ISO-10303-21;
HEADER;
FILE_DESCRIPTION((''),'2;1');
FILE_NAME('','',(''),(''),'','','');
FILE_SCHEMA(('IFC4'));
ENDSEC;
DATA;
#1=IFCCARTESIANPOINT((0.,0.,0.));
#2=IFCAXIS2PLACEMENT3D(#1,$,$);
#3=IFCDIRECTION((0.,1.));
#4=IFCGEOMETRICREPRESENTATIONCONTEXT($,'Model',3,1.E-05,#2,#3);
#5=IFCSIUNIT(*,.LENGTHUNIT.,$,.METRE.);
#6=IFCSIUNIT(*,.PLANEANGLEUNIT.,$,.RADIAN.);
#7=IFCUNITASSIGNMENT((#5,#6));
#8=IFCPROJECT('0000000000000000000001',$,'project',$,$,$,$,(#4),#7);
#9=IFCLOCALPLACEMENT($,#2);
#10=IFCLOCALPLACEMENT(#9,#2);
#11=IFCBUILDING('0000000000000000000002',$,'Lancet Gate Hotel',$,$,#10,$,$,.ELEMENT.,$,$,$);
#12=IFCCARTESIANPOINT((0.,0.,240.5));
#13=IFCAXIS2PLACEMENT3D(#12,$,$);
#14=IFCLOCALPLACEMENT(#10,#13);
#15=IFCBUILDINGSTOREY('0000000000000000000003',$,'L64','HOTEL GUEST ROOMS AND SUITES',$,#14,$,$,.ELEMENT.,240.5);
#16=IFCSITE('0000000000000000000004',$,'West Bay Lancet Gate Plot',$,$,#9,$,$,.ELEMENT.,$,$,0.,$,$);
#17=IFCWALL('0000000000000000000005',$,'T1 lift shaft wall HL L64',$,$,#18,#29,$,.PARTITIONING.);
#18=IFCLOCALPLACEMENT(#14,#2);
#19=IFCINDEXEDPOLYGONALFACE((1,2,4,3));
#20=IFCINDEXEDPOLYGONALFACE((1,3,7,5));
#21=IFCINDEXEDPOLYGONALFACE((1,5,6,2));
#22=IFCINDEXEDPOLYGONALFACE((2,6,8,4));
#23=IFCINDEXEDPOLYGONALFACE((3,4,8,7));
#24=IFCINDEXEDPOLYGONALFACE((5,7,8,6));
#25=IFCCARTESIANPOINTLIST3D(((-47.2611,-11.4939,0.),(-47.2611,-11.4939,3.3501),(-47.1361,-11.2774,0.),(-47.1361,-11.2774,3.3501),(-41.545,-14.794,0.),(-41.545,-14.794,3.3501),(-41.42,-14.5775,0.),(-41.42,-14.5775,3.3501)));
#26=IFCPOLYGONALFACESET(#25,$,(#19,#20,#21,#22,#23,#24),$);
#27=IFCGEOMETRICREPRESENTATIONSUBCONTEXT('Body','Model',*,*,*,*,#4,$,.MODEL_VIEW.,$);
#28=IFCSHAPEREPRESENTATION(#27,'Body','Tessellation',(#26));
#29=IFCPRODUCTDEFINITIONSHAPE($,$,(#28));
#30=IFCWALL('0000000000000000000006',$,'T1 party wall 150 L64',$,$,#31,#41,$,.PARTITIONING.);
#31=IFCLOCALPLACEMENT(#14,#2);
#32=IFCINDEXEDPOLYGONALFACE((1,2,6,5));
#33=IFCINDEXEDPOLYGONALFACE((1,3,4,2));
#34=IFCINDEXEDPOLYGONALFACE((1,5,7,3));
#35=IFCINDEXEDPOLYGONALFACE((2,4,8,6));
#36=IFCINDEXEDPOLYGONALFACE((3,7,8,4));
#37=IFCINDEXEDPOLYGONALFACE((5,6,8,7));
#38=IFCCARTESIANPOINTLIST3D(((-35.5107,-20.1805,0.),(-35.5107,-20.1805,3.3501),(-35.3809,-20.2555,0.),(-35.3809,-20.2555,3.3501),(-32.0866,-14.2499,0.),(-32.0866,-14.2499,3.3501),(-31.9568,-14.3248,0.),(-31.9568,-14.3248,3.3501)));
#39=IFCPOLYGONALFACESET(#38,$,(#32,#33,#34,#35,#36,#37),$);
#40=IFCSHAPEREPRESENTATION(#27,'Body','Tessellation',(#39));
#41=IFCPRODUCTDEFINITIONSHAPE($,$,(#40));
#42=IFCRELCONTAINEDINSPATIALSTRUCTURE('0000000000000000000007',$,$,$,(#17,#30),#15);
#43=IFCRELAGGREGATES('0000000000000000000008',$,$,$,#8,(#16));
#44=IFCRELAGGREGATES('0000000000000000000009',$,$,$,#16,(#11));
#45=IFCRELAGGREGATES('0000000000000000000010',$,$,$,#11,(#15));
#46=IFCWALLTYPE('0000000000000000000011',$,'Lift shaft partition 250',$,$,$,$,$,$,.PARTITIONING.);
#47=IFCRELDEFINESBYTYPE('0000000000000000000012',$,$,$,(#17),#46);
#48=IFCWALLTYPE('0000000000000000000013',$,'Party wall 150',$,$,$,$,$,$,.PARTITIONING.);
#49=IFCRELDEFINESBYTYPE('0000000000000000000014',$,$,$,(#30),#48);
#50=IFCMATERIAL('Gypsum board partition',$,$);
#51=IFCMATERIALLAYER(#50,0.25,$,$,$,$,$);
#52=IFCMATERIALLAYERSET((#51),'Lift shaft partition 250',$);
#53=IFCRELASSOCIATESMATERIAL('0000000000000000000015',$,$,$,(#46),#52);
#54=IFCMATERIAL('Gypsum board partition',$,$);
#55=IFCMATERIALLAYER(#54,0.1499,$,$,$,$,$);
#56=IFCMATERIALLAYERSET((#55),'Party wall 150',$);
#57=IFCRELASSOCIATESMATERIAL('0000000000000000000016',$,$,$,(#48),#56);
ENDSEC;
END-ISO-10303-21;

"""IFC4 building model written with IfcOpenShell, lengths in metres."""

from ifc_helpers import new_model, si_unit, direction, frame, frame_2d, origin, place, context, subcontext, project, spatial, rectangle, extrude, material, layer, layer_set, type_object, element, save


model = new_model("IFC4")

# Units and contexts
model_context = context("Model", 3, precision=1e-05, world=origin(), true_north=direction((0.0, 1.0)))
body_context = subcontext(model_context, "Body", "Model", "MODEL_VIEW")
ifc_project = project(units=[si_unit("LENGTHUNIT", "METRE"), si_unit("PLANEANGLEUNIT", "RADIAN")], contexts=[model_context])

# Site, building, storey
site_placement = place(None, origin())
site = spatial("IfcSite", under=ifc_project, at=site_placement, Name="West Bay Lancet Gate Plot", CompositionType="ELEMENT", RefElevation=0.0)
building_placement = place(site_placement, origin())
building = spatial("IfcBuilding", under=site, at=building_placement, Name="Lancet Gate Hotel", CompositionType="ELEMENT")
storey_placement = place(building_placement, frame((0.0, 0.0, 240.5)))
storey = spatial("IfcBuildingStorey", under=building, at=storey_placement, Name="L64", Description="HOTEL GUEST ROOMS AND SUITES", CompositionType="ELEMENT", Elevation=240.5)

# Walls
ifc_material_1 = material(Name="Gypsum board partition")
ifc_layer_1 = layer(ifc_material_1, 0.25)
ifc_layer_set_1 = layer_set([ifc_layer_1], Name="Lift shaft partition 250")
wall_type_1 = type_object("IfcWallType", Name="Lift shaft partition 250", PredefinedType="PARTITIONING", material=ifc_layer_set_1)
wall_1_placement = place(storey_placement, frame((-41.4824, -14.6858, 0.0), z_axis=(0.0, 0.0, 1.0), x_axis=(-0.866033, 0.499986, 0.0)))
element("IfcWall", 1, at=wall_1_placement, inside=storey, type_object=wall_type_1, Name="T1 lift shaft wall HL L64", PredefinedType="PARTITIONING", context=body_context, shape_type="SweptSolid", body=[
    extrude(rectangle(XDim=6.6003, YDim=0.25, at=frame_2d((3.3003, 0.0))), origin(), (0.0, 0.0, 1.0), 3.3501),
])
ifc_material_2 = material(Name="Gypsum board partition")
ifc_layer_2 = layer(ifc_material_2, 0.1499)
ifc_layer_set_2 = layer_set([ifc_layer_2], Name="Party wall 150")
wall_type_2 = type_object("IfcWallType", Name="Party wall 150", PredefinedType="PARTITIONING", material=ifc_layer_set_2)
wall_2_placement = place(storey_placement, frame((-32.0217, -14.2874, 0.0), z_axis=(0.0, 0.0, 1.0), x_axis=(-0.5, -0.866025, 0.0)))
element("IfcWall", 2, at=wall_2_placement, inside=storey, type_object=wall_type_2, Name="T1 party wall 150 L64", PredefinedType="PARTITIONING", context=body_context, shape_type="SweptSolid", body=[
    extrude(rectangle(XDim=6.8481, YDim=0.1499, at=frame_2d((3.4241, 0.0))), origin(), (0.0, 0.0, 1.0), 3.3501),
])

save(model, "model.ifc")
